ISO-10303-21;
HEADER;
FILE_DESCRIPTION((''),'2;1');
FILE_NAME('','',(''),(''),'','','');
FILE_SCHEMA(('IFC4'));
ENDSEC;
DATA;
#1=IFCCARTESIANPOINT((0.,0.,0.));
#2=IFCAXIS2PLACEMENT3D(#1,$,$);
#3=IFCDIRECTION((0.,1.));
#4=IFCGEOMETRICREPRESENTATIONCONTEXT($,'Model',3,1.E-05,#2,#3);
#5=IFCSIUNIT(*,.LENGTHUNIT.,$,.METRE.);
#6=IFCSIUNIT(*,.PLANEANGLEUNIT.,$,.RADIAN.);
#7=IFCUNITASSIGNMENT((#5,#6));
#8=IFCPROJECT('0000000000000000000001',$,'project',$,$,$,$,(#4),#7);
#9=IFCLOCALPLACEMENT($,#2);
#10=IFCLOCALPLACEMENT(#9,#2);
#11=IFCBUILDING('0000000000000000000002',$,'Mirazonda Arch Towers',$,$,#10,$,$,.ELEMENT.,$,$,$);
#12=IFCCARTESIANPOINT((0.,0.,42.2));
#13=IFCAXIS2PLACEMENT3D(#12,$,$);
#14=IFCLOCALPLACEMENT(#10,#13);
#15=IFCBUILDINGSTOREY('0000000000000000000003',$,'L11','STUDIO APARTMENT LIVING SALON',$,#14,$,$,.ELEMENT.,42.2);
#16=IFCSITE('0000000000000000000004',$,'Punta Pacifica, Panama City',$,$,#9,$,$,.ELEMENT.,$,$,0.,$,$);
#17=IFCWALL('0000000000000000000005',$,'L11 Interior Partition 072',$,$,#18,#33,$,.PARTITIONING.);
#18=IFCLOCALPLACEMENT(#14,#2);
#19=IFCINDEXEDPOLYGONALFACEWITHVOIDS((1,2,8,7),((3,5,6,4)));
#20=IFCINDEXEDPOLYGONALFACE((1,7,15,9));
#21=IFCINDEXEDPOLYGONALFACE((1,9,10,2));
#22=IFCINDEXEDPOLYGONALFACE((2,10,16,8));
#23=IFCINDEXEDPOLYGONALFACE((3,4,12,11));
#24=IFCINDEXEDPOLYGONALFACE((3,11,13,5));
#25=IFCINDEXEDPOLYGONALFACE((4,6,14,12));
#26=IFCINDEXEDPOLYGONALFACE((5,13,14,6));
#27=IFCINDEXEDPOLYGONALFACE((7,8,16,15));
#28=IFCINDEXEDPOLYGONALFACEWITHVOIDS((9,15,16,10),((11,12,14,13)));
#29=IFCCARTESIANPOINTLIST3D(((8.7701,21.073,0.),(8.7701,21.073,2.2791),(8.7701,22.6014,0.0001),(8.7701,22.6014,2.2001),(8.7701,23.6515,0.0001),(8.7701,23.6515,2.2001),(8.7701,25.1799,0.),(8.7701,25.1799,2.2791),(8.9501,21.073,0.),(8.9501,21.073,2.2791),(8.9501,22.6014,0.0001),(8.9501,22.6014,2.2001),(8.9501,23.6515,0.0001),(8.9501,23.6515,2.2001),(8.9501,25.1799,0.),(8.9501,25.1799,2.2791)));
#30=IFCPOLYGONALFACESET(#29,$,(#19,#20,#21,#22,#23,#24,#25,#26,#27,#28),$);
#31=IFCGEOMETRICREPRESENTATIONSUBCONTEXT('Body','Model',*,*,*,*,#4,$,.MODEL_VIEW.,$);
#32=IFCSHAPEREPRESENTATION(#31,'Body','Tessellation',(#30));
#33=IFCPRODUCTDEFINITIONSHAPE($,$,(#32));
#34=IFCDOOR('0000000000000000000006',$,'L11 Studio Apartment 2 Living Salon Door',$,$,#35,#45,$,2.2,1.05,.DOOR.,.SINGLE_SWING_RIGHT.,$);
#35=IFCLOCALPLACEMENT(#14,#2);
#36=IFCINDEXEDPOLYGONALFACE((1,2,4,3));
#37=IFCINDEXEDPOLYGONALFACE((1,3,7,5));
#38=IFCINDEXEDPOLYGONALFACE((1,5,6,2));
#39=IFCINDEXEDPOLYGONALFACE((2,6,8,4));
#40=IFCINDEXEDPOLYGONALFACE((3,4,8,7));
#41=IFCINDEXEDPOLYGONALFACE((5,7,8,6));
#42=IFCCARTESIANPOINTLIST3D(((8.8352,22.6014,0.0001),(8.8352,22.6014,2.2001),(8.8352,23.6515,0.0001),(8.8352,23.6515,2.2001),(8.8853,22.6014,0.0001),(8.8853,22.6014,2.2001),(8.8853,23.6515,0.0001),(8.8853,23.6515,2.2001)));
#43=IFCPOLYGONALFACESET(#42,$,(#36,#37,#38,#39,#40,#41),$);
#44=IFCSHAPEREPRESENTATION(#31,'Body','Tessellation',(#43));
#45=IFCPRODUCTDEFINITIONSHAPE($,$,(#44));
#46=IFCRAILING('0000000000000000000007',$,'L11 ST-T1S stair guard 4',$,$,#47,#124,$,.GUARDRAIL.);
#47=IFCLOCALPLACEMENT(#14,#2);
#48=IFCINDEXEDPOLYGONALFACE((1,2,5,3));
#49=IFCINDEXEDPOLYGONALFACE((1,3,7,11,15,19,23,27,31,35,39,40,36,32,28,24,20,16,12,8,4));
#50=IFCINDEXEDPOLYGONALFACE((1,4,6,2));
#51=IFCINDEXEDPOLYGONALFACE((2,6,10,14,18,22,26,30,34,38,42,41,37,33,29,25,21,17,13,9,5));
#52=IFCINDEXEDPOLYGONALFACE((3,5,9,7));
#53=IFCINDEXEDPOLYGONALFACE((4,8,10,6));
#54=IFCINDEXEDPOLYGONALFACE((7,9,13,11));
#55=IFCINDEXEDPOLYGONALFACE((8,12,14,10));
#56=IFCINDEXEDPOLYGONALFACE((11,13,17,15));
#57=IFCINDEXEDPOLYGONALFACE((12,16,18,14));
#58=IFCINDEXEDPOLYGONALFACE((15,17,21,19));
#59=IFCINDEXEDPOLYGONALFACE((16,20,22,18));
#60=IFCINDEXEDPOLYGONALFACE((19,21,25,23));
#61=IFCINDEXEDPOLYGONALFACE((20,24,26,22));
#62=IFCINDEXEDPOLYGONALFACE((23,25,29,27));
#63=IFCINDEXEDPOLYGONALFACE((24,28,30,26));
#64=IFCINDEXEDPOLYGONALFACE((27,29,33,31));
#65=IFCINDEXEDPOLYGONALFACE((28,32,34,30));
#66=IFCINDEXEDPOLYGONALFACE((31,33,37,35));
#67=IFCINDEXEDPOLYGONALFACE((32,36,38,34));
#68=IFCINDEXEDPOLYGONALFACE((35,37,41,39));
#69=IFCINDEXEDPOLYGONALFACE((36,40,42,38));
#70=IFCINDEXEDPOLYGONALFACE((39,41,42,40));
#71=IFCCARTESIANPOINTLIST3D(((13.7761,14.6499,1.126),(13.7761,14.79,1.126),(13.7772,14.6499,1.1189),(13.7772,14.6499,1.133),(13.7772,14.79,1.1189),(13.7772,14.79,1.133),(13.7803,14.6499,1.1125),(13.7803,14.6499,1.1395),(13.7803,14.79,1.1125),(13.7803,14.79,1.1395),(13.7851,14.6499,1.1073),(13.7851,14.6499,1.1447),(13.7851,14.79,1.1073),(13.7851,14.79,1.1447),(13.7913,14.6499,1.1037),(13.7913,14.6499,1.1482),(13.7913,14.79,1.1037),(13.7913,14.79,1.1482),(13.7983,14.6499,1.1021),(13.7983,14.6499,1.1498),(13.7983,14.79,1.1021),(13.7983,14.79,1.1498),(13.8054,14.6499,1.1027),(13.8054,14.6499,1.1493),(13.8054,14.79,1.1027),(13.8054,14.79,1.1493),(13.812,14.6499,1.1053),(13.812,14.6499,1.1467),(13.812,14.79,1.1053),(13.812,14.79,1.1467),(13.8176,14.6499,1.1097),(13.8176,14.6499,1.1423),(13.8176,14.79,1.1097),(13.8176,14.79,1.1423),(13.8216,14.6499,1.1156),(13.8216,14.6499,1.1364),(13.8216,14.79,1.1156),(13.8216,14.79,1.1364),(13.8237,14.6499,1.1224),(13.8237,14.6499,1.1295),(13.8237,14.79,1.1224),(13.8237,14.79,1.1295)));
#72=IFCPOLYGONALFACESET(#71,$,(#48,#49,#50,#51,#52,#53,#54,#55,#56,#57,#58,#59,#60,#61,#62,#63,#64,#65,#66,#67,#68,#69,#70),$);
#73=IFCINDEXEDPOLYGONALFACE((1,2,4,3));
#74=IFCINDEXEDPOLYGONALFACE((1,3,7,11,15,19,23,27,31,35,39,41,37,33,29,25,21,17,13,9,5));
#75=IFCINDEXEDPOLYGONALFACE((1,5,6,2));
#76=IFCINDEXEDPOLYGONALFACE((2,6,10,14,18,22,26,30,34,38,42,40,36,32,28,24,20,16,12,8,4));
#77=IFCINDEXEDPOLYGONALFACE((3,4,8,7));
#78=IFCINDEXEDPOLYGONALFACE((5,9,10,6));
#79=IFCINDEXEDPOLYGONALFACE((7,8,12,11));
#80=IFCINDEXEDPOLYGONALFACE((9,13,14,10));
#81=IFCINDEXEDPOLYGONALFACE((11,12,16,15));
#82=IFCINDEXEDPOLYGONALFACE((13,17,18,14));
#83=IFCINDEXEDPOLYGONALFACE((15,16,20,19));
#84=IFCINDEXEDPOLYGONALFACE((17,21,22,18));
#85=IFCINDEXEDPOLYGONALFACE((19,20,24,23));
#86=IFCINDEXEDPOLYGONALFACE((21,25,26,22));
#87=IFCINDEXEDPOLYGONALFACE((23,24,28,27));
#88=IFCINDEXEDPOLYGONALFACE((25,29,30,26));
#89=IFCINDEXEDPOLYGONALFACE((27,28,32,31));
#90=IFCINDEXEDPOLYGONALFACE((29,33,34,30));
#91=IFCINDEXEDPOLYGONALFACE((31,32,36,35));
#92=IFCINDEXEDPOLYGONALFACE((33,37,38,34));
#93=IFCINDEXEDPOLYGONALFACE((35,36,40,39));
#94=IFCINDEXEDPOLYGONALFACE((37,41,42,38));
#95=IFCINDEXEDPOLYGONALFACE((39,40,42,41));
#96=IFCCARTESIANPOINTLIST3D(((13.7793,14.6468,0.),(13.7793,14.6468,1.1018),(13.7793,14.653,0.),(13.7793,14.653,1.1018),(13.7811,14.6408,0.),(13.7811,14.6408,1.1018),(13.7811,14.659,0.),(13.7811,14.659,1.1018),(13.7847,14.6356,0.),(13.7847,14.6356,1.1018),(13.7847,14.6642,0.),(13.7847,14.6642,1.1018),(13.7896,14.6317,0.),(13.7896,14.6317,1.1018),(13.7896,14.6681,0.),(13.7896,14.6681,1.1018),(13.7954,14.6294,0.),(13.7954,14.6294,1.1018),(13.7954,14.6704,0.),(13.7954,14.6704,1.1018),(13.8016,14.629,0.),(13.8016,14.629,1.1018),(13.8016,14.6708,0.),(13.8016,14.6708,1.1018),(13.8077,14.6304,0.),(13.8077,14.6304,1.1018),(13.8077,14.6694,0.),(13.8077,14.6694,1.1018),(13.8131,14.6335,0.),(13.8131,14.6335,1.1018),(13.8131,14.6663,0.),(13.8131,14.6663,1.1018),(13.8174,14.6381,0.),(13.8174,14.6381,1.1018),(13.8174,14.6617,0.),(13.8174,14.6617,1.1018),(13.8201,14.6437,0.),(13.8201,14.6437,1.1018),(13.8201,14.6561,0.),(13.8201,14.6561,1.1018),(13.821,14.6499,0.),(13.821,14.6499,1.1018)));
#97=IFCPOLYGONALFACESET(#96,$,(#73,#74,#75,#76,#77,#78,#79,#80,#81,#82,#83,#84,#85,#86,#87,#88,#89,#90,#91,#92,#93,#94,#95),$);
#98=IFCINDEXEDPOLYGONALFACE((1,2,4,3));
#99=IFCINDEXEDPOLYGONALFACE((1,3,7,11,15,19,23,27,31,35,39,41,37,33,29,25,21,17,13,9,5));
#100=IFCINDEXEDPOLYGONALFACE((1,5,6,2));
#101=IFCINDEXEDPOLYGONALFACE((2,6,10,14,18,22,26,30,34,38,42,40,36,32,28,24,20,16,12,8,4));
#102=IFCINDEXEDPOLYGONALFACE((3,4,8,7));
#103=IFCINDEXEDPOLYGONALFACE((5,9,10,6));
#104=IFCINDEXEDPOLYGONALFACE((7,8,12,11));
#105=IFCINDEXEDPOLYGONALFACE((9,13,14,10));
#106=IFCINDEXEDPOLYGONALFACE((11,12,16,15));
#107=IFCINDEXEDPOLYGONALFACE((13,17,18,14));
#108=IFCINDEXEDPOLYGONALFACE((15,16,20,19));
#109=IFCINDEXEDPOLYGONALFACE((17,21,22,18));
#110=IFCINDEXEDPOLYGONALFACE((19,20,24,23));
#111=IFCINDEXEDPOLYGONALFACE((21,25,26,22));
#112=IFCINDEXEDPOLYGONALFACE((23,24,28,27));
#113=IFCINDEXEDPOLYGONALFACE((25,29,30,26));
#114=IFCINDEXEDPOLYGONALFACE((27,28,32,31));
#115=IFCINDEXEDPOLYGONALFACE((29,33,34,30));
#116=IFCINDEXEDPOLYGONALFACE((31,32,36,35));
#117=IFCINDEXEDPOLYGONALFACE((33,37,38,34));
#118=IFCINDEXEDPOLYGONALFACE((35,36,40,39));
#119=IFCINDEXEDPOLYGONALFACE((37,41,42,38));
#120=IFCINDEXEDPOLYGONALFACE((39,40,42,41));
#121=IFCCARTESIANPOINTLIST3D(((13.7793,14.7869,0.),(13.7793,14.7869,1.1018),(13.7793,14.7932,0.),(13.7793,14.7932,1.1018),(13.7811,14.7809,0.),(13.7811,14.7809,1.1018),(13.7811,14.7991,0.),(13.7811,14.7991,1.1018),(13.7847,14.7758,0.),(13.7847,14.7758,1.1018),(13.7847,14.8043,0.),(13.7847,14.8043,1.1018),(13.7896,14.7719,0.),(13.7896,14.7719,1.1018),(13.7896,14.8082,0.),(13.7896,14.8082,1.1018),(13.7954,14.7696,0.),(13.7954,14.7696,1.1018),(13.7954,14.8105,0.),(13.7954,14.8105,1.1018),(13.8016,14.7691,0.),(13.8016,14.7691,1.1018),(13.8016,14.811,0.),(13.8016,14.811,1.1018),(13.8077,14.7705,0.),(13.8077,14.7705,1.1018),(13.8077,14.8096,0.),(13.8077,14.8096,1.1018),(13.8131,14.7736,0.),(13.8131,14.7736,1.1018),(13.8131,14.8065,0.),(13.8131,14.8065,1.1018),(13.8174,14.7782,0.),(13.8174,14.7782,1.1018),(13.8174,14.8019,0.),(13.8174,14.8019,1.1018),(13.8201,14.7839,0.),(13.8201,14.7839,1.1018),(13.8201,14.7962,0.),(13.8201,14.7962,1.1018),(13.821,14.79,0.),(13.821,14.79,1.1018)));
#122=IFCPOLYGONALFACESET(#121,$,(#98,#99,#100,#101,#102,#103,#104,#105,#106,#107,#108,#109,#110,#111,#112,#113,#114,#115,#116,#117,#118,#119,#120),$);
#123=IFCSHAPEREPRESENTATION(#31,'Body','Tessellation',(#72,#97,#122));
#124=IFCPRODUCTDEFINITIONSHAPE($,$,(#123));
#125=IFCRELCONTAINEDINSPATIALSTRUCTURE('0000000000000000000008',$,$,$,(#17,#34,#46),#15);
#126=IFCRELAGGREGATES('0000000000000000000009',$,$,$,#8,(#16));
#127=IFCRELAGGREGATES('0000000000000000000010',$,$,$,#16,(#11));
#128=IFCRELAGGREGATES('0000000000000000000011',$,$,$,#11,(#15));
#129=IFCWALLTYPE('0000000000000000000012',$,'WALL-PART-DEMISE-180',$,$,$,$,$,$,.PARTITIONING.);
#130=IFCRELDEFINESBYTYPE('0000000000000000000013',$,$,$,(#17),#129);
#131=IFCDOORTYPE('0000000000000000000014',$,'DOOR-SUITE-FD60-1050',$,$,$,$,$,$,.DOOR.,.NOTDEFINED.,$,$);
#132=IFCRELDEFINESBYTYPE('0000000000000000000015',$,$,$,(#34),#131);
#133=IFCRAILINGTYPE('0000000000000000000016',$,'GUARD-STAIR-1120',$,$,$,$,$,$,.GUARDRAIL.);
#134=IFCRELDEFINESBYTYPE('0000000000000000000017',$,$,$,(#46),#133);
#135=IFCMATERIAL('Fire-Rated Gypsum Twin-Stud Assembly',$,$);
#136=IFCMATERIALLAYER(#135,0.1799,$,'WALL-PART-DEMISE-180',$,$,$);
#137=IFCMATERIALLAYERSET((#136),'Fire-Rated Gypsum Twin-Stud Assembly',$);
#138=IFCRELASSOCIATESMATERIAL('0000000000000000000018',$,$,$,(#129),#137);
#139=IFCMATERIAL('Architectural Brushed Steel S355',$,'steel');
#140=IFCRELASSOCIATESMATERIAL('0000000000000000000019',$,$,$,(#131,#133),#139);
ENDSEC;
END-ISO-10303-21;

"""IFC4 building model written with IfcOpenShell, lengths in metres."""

from ifc_helpers import new_model, si_unit, direction, frame, frame_2d, origin, origin_2d, place, context, subcontext, project, spatial, rectangle, circle, extrude, material, layer, layer_set, type_object, element, fill, save


model = new_model("IFC4")

# Units and contexts
model_context = context("Model", 3, precision=1e-05, world=origin(), true_north=direction((0.0, 1.0)))
body_context = subcontext(model_context, "Body", "Model", "MODEL_VIEW")
ifc_project = project(units=[si_unit("LENGTHUNIT", "METRE"), si_unit("PLANEANGLEUNIT", "RADIAN")], contexts=[model_context])

# Site, building, storey
site_placement = place(None, origin())
site = spatial("IfcSite", under=ifc_project, at=site_placement, Name="Punta Pacifica, Panama City", CompositionType="ELEMENT", RefElevation=0.0)
building_placement = place(site_placement, origin())
building = spatial("IfcBuilding", under=site, at=building_placement, Name="Mirazonda Arch Towers", CompositionType="ELEMENT")
storey_placement = place(building_placement, frame((0.0, 0.0, 42.2)))
storey = spatial("IfcBuildingStorey", under=building, at=storey_placement, Name="L11", Description="STUDIO APARTMENT LIVING SALON", CompositionType="ELEMENT", Elevation=42.2)

# Shared definitions
ifc_material_1 = material(Name="Architectural Brushed Steel S355", Category="steel")

# Shared definitions
ifc_material_2 = material(Name="Fire-Rated Gypsum Twin-Stud Assembly")
ifc_layer_1 = layer(ifc_material_2, 0.1799, Name="WALL-PART-DEMISE-180")
ifc_layer_set_1 = layer_set([ifc_layer_1], Name="Fire-Rated Gypsum Twin-Stud Assembly")
wall_type_1 = type_object("IfcWallType", Name="WALL-PART-DEMISE-180", PredefinedType="PARTITIONING", material=ifc_layer_set_1)

# Wall, opening, door
wall_1_placement = place(storey_placement, frame((8.8601, 21.073, 0.0), z_axis=(0.0, 0.0, 1.0), x_axis=(0.0, 1.0, 0.0)))
wall_1 = element("IfcWall", 1, at=wall_1_placement, inside=storey, type_object=wall_type_1, Name="L11 Interior Partition 072", PredefinedType="PARTITIONING", context=body_context, shape_type="SweptSolid", body=[
    extrude(rectangle(XDim=4.1069, YDim=0.1799, at=frame_2d((2.0535, 0.0))), origin(), (0.0, 0.0, 1.0), 2.2791),
])
opening_1_placement = place(wall_1_placement, frame((1.5286, 0.0, 0.0)))
opening_1 = element("IfcOpeningElement", 2, at=opening_1_placement, cuts=wall_1, PredefinedType="OPENING", context=body_context, shape_type="SweptSolid", body=[
    extrude(rectangle(XDim=1.05, YDim=2.2, at=frame_2d((0.5249, 1.1001))), frame((0.0, 0.0999, 0.0), z_axis=(0.0, -1.0, 0.0), x_axis=(1.0, 0.0, 0.0)), (0.0, 0.0, 1.0), 0.2),
])
door_type_1 = type_object("IfcDoorType", Name="DOOR-SUITE-FD60-1050", OperationType="NOTDEFINED", PredefinedType="DOOR", material=ifc_material_1)
door_1_placement = place(opening_1_placement, origin())
door_1 = element("IfcDoor", 3, at=door_1_placement, inside=storey, type_object=door_type_1, Name="L11 Studio Apartment 2 Living Salon Door", OperationType="SINGLE_SWING_RIGHT", OverallHeight=2.2, OverallWidth=1.05, PredefinedType="DOOR", context=body_context, shape_type="SweptSolid", body=[
    extrude(rectangle(XDim=1.05, YDim=2.2, at=frame_2d((0.5249, 1.1001))), frame((0.0, 0.0249, 0.0), z_axis=(0.0, -1.0, 0.0), x_axis=(1.0, 0.0, 0.0)), (0.0, 0.0, 1.0), 0.05),
])
fill(opening_1, door_1)

# Railing
railing_type = type_object("IfcRailingType", Name="GUARD-STAIR-1120", PredefinedType="GUARDRAIL", material=ifc_material_1)
railing_placement = place(storey_placement, frame((13.8, 14.6499, 0.0)))
element("IfcRailing", 4, at=railing_placement, inside=storey, type_object=railing_type, Name="L11 ST-T1S stair guard 4", PredefinedType="GUARDRAIL", context=body_context, shape_type="SweptSolid", body=[
    extrude(circle(Radius=0.0239, at=origin_2d()), frame((0.0, 0.0, 1.126), z_axis=(0.0, 1.0, 0.0), x_axis=(-1.0, 0.0, 0.0)), (0.0, 0.0, 1.0), 0.1401),
    extrude(circle(Radius=0.021, at=origin_2d()), origin(), (0.0, 0.0, 1.0), 1.1018),
    extrude(circle(Radius=0.021, at=origin_2d()), frame((0.0, 0.1401, 0.0)), (0.0, 0.0, 1.0), 1.1018),
])

save(model, "model.ifc")
